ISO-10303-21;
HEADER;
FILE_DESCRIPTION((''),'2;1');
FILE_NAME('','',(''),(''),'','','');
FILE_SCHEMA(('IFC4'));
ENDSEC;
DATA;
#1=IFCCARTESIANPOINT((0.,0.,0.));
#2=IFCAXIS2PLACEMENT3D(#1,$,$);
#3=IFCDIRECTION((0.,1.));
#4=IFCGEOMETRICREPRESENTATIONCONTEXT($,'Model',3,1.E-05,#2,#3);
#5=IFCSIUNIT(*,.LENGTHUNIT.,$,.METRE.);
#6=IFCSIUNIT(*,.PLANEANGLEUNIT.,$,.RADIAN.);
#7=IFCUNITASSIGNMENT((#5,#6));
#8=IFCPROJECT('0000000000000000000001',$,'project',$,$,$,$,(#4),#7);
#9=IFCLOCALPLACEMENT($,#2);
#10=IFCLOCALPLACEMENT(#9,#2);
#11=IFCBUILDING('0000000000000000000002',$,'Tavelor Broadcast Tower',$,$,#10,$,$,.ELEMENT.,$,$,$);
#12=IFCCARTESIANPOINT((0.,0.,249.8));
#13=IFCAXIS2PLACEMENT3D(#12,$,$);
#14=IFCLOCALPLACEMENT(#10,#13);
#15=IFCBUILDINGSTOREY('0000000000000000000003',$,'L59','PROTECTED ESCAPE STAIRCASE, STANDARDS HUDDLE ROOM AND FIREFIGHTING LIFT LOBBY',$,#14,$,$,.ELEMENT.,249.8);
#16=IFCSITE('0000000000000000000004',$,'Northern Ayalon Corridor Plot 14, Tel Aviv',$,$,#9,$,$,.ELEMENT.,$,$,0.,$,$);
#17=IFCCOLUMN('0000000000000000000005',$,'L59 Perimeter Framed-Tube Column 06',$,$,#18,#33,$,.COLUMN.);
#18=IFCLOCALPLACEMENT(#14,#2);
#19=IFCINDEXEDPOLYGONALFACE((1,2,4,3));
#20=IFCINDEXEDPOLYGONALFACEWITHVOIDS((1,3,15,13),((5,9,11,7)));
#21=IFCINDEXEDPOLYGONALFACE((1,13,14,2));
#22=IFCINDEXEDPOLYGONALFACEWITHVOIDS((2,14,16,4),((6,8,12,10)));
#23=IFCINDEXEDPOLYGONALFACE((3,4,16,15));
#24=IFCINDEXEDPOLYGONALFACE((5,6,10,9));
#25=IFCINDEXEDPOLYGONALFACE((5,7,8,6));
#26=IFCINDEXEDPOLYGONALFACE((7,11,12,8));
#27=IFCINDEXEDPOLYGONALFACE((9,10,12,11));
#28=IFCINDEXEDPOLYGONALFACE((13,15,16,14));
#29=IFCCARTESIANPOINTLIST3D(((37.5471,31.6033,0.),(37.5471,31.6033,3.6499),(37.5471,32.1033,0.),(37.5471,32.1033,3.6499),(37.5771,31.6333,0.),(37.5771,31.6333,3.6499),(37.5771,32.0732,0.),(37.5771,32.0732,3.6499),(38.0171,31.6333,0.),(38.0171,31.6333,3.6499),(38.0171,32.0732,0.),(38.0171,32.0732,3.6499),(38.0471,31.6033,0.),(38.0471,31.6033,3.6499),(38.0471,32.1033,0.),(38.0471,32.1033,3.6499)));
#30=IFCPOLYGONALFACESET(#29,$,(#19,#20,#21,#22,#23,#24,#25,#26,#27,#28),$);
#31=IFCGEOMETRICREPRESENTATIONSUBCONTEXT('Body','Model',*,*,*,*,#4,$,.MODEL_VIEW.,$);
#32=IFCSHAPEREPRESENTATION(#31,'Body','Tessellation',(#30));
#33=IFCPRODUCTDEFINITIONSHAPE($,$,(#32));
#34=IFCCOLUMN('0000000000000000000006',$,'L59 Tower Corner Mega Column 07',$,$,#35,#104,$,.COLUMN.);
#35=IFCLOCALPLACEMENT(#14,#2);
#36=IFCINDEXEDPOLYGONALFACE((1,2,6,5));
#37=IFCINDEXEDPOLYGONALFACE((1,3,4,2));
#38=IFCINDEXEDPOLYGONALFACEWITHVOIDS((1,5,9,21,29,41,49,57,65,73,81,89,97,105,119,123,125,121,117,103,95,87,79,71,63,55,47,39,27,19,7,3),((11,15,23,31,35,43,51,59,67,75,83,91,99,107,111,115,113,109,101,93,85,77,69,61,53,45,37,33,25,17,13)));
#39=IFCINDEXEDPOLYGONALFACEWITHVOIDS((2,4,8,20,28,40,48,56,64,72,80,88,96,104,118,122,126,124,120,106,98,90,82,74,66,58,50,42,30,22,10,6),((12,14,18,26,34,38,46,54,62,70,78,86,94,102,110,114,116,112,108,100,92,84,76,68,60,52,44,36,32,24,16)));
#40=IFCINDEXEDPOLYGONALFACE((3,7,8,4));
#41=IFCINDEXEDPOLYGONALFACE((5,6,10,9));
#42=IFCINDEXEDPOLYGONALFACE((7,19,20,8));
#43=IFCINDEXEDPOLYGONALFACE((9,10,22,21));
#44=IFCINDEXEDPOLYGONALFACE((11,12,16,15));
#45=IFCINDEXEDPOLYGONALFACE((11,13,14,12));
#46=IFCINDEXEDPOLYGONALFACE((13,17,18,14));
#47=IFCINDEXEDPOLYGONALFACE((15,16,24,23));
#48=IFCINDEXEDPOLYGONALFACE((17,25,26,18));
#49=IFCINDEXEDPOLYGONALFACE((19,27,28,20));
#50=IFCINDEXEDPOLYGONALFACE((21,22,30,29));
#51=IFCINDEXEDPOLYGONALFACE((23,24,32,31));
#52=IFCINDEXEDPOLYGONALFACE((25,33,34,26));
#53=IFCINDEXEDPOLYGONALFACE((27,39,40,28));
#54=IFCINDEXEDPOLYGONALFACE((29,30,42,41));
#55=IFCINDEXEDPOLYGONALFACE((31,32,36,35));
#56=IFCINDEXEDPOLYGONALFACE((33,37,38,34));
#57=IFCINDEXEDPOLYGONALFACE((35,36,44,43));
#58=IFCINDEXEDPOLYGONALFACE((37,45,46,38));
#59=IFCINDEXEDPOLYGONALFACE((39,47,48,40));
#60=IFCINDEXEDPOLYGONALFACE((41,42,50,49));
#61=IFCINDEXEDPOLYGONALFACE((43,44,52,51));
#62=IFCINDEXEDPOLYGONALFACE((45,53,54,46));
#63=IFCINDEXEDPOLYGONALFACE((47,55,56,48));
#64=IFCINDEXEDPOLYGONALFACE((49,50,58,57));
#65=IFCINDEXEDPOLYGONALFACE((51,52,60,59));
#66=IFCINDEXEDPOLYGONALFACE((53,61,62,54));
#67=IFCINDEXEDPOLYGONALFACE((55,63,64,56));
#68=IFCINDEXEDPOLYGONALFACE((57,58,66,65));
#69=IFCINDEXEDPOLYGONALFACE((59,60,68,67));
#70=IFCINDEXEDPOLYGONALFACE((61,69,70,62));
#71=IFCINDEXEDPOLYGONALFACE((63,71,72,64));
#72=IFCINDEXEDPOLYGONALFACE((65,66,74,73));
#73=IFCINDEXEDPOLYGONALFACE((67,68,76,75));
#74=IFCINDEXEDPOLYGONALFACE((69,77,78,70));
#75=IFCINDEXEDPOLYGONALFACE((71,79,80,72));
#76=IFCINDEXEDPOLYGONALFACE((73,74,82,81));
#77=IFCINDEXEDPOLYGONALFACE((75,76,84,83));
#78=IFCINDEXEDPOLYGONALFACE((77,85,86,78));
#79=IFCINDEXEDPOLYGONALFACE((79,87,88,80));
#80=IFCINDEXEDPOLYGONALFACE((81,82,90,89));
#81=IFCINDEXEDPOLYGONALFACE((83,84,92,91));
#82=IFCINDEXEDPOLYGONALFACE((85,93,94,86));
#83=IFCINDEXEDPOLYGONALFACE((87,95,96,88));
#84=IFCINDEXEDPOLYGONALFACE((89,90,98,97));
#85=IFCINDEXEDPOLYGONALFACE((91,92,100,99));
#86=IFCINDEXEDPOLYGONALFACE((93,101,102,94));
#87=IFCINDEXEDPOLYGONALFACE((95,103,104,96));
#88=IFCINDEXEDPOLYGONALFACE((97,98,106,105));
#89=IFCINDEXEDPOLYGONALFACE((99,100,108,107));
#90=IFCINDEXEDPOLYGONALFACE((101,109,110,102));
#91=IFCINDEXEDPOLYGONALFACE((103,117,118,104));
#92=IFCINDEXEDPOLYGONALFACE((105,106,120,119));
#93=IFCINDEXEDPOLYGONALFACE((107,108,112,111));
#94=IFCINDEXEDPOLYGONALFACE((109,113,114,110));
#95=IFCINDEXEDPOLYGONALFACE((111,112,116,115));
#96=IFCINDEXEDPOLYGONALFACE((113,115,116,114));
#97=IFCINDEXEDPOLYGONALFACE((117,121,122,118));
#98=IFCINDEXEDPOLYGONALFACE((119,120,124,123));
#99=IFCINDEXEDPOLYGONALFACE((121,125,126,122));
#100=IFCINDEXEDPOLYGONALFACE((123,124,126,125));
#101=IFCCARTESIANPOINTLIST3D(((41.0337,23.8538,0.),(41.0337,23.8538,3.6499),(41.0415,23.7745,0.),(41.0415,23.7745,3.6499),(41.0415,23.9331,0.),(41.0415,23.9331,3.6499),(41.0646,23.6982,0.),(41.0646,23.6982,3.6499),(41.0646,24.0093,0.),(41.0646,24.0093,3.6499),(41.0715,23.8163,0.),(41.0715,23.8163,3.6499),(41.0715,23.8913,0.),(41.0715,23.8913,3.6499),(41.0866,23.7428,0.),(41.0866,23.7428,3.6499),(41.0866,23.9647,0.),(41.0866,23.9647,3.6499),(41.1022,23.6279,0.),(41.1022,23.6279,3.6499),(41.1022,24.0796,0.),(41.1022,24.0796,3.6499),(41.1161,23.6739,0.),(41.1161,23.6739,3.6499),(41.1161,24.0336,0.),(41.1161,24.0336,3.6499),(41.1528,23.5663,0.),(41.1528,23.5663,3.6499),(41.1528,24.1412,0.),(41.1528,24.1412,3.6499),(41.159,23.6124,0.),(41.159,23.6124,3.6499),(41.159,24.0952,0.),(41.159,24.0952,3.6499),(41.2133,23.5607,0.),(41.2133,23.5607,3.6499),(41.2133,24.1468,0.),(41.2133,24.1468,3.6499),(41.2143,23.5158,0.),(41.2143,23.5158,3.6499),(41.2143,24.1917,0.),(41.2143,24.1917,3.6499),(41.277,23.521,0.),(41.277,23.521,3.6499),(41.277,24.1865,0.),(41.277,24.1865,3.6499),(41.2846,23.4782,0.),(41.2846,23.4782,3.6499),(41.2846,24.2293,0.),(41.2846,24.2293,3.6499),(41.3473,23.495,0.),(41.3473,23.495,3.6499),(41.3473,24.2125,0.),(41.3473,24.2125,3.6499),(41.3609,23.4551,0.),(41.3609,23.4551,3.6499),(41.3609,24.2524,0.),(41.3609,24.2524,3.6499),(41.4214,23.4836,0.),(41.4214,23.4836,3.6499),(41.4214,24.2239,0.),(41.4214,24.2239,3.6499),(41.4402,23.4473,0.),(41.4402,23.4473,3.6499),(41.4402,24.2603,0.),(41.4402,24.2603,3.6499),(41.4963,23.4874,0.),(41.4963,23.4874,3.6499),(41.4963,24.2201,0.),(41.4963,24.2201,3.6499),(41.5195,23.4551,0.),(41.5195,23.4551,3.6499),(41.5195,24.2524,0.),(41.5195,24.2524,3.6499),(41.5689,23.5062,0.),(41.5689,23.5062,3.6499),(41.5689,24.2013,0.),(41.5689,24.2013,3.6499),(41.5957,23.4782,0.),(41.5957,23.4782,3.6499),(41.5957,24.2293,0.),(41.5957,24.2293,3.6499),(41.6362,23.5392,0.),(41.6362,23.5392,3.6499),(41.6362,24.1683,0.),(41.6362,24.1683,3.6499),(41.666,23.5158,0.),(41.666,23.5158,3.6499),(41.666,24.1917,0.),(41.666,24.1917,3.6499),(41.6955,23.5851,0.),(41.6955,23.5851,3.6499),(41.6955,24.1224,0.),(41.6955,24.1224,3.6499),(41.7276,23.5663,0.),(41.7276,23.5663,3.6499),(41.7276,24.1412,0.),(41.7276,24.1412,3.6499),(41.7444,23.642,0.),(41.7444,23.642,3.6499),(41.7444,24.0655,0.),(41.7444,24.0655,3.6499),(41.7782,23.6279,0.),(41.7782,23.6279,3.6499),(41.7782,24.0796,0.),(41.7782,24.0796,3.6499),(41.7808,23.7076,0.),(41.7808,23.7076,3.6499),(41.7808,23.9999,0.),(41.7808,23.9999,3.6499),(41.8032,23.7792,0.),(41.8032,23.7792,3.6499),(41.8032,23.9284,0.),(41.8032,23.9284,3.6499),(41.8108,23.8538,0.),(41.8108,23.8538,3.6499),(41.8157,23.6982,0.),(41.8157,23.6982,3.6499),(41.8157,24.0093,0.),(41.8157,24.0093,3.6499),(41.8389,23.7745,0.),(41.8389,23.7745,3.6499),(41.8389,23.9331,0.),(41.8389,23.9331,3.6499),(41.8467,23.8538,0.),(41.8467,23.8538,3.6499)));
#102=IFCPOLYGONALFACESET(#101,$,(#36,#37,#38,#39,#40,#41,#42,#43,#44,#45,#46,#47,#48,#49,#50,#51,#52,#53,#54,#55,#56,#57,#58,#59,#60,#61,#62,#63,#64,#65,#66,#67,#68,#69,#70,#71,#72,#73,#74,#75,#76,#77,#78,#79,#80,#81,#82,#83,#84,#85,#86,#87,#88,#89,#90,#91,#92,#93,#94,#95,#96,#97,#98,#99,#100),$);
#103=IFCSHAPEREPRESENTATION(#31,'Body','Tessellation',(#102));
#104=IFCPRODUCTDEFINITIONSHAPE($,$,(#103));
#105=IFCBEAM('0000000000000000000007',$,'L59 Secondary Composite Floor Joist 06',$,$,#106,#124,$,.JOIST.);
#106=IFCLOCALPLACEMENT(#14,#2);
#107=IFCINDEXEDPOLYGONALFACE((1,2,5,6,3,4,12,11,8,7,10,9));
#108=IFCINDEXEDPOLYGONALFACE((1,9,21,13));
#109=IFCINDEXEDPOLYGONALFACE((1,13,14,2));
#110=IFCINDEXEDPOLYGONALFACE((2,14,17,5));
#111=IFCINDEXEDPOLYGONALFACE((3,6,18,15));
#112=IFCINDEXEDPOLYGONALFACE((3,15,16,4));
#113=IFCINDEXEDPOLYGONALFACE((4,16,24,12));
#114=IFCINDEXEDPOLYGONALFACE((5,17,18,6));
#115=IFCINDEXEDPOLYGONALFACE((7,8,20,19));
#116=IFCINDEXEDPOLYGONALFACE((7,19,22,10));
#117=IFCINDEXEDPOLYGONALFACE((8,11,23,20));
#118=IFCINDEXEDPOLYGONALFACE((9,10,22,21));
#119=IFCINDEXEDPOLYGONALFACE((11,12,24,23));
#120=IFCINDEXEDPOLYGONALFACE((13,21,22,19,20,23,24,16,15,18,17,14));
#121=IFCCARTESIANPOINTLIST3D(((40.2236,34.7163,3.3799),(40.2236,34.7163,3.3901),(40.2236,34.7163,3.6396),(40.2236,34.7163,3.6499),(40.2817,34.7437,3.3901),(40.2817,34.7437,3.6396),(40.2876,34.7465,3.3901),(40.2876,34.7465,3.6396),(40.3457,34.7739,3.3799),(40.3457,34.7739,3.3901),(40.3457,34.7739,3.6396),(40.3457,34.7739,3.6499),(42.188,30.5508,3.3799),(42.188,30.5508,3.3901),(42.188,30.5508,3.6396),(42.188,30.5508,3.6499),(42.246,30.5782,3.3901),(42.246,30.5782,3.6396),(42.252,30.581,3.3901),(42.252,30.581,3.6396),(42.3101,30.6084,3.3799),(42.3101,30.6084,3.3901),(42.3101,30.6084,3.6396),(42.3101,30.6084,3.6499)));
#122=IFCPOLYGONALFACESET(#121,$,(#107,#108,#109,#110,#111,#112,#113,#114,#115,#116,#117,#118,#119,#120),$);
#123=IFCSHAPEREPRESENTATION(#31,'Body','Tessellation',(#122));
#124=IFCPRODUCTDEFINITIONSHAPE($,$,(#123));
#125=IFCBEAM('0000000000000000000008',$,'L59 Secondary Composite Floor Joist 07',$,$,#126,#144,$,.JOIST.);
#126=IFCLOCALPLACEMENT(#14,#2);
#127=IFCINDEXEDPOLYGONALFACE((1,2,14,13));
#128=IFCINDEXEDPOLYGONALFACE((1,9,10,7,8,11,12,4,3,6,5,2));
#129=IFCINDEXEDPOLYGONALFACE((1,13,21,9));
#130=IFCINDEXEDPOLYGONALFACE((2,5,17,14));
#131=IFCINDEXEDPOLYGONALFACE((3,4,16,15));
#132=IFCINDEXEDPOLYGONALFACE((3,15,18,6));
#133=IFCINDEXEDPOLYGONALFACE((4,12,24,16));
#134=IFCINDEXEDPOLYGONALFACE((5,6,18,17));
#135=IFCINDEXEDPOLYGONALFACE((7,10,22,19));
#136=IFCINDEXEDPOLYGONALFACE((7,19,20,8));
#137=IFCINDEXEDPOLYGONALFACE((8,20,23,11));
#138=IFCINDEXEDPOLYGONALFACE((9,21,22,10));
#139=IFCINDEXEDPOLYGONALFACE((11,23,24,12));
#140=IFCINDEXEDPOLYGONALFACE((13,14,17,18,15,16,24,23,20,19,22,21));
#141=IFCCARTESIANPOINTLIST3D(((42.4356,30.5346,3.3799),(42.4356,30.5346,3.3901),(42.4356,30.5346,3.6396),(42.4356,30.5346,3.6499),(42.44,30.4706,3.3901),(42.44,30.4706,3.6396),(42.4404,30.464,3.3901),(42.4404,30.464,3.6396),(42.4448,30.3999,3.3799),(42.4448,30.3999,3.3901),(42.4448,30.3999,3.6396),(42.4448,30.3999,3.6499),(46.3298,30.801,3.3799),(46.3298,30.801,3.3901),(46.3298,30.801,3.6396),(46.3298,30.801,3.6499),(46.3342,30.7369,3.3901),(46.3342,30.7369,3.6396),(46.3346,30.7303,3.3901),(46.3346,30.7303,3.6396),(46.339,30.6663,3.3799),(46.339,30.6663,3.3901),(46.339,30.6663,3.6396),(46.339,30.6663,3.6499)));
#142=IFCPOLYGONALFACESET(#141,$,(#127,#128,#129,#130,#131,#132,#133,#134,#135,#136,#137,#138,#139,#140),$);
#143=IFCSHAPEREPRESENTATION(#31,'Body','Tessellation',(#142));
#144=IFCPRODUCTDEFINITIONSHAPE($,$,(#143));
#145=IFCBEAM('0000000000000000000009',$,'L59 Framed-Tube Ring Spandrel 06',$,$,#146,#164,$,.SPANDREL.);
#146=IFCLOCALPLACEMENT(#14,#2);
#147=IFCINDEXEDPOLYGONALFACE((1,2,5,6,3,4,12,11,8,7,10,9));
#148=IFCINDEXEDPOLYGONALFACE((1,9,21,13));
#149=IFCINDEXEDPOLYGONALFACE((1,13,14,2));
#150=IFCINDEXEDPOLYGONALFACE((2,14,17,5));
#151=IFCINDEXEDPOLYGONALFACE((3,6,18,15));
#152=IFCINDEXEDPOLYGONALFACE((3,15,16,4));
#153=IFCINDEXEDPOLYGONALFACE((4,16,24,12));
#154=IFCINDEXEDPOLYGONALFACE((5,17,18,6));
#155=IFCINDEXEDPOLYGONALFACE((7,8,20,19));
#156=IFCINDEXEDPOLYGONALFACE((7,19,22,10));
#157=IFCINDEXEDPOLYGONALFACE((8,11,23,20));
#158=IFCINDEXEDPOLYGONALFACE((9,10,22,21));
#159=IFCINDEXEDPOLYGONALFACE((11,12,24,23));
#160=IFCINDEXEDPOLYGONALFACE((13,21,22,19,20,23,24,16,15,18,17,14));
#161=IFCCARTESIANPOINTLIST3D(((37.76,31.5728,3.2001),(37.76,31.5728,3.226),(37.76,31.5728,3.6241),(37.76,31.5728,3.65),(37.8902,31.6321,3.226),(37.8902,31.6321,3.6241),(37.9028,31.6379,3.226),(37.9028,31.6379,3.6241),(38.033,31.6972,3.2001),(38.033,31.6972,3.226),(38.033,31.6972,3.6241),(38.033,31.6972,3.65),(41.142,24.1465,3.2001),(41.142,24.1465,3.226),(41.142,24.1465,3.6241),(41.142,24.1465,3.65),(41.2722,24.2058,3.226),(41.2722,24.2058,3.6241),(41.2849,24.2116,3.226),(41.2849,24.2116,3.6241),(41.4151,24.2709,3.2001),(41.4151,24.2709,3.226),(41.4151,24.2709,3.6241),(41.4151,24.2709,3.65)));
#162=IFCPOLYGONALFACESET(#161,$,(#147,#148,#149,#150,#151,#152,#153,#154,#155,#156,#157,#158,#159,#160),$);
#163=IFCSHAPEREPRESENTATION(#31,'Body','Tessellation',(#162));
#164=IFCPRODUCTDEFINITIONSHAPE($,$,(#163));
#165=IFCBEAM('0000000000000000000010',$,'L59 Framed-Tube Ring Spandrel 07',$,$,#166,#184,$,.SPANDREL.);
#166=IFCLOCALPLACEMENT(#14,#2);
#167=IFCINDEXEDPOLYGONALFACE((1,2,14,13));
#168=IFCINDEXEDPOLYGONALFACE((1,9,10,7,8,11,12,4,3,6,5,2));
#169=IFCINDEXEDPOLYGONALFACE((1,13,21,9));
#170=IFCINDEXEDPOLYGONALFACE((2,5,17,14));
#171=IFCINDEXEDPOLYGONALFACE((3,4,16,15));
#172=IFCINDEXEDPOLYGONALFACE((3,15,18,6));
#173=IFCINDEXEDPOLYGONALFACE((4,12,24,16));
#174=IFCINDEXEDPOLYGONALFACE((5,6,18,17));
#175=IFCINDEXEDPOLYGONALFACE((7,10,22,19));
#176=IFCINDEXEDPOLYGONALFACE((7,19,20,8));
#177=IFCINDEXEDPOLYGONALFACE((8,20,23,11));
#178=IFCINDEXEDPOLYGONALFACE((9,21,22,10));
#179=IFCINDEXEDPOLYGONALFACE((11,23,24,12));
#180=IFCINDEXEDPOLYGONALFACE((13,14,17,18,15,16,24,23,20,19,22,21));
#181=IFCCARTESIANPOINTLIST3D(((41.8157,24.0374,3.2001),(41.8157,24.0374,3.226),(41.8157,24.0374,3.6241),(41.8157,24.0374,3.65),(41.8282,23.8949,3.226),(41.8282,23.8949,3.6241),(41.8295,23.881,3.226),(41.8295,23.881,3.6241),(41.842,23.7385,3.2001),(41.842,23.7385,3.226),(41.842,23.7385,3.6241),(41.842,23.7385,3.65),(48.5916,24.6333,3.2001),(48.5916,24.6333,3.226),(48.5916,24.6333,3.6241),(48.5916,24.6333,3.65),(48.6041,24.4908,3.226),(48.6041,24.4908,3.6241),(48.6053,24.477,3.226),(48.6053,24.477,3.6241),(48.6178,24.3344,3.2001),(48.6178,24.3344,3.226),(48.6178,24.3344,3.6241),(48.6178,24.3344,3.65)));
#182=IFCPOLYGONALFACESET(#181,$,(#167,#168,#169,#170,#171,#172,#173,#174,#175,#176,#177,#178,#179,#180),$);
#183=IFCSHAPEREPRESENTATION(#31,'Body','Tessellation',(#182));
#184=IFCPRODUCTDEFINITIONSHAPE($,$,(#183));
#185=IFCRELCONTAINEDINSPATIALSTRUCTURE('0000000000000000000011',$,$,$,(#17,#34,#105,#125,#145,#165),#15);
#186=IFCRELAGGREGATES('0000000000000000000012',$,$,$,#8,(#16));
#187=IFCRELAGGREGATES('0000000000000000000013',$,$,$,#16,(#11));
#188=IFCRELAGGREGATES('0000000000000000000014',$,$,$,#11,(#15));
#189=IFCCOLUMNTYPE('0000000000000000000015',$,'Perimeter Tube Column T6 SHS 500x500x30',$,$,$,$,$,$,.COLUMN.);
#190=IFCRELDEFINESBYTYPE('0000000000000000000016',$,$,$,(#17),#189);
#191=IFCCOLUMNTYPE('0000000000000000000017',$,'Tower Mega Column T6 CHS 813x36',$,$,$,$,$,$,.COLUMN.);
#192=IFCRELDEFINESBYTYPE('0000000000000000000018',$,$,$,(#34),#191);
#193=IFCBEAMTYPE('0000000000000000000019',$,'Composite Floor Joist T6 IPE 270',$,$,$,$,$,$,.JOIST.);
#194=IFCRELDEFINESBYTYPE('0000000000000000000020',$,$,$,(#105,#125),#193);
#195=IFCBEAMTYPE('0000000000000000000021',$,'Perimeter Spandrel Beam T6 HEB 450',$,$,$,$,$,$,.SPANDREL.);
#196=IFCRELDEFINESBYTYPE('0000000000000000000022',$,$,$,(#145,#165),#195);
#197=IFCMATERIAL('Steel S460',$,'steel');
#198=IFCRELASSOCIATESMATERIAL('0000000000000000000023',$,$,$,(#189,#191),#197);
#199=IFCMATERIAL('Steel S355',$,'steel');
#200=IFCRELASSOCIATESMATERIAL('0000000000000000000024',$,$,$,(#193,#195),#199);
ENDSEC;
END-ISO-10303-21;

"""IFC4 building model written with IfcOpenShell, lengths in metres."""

from ifc_helpers import new_model, si_unit, direction, frame, origin, origin_2d, place, context, subcontext, project, spatial, hollow_rectangle, hollow_circle, i_section, extrude, material, material_profile, profile_set, type_object, element, save


model = new_model("IFC4")

# Units and contexts
model_context = context("Model", 3, precision=1e-05, world=origin(), true_north=direction((0.0, 1.0)))
body_context = subcontext(model_context, "Body", "Model", "MODEL_VIEW")
ifc_project = project(units=[si_unit("LENGTHUNIT", "METRE"), si_unit("PLANEANGLEUNIT", "RADIAN")], contexts=[model_context])

# Site, building, storey
site_placement = place(None, origin())
site = spatial("IfcSite", under=ifc_project, at=site_placement, Name="Northern Ayalon Corridor Plot 14, Tel Aviv", CompositionType="ELEMENT", RefElevation=0.0)
building_placement = place(site_placement, origin())
building = spatial("IfcBuilding", under=site, at=building_placement, Name="Tavelor Broadcast Tower", CompositionType="ELEMENT")
storey_placement = place(building_placement, frame((0.0, 0.0, 249.8)))
storey = spatial("IfcBuildingStorey", under=building, at=storey_placement, Name="L59", Description="PROTECTED ESCAPE STAIRCASE, STANDARDS HUDDLE ROOM AND FIREFIGHTING LIFT LOBBY", CompositionType="ELEMENT", Elevation=249.8)

# Columns
ifc_material_1 = material(Name="Steel S460", Category="steel")
ifc_material_profile_1 = material_profile(ifc_material_1, hollow_rectangle(XDim=0.5, YDim=0.5, WallThickness=0.03, at=origin_2d()), Name="SHS 500x500x30")
ifc_profile_set_1 = profile_set([ifc_material_profile_1], Name="Steel S460")
column_type_1 = type_object("IfcColumnType", Name="Perimeter Tube Column T6 SHS 500x500x30", PredefinedType="COLUMN", material=ifc_profile_set_1)
column_1_placement = place(storey_placement, frame((37.7971, 31.8533, 0.0), z_axis=(0.0, 0.0, 1.0), x_axis=(1.0, 0.0, 0.0)))
element("IfcColumn", 1, at=column_1_placement, inside=storey, type_object=column_type_1, Name="L59 Perimeter Framed-Tube Column 06", PredefinedType="COLUMN", context=body_context, shape_type="SweptSolid", body=[
    extrude(hollow_rectangle(XDim=0.5, YDim=0.5, WallThickness=0.03, at=origin_2d()), origin(), (0.0, 0.0, 1.0), 3.6499),
])
ifc_material_profile_2 = material_profile(ifc_material_1, hollow_circle(Radius=0.4065, WallThickness=0.0359, at=origin_2d()), Name="CHS 813x36")
ifc_profile_set_2 = profile_set([ifc_material_profile_2], Name="Steel S460")
column_type_2 = type_object("IfcColumnType", Name="Tower Mega Column T6 CHS 813x36", PredefinedType="COLUMN", material=ifc_profile_set_2)
column_2_placement = place(storey_placement, frame((41.4402, 23.8538, 0.0), z_axis=(0.0, 0.0, 1.0), x_axis=(1.0, 0.0, 0.0)))
element("IfcColumn", 2, at=column_2_placement, inside=storey, type_object=column_type_2, Name="L59 Tower Corner Mega Column 07", PredefinedType="COLUMN", context=body_context, shape_type="SweptSolid", body=[
    extrude(hollow_circle(Radius=0.4065, WallThickness=0.0359, at=origin_2d()), origin(), (0.0, 0.0, 1.0), 3.6499),
])

# Beams
ifc_material_2 = material(Name="Steel S355", Category="steel")
ifc_material_profile_3 = material_profile(ifc_material_2, i_section(OverallWidth=0.135, OverallDepth=0.27, WebThickness=0.0066, FlangeThickness=0.0103, at=origin_2d()), Name="IPE 270")
ifc_profile_set_3 = profile_set([ifc_material_profile_3], Name="Steel S355")
beam_type_1 = type_object("IfcBeamType", Name="Composite Floor Joist T6 IPE 270", PredefinedType="JOIST", material=ifc_profile_set_3)
beam_1_placement = place(storey_placement, frame((40.2847, 34.7451, 3.5149), z_axis=(0.426527, -0.904475, 0.0), x_axis=(0.904475, 0.426527, 0.0)))
element("IfcBeam", 3, at=beam_1_placement, inside=storey, type_object=beam_type_1, Name="L59 Secondary Composite Floor Joist 06", PredefinedType="JOIST", context=body_context, shape_type="SweptSolid", body=[
    extrude(i_section(OverallWidth=0.135, OverallDepth=0.27, WebThickness=0.0066, FlangeThickness=0.0103, at=origin_2d()), origin(), (0.0, 0.0, 1.0), 4.6055),
])
beam_2_placement = place(storey_placement, frame((42.4402, 30.4673, 3.5149), z_axis=(0.997669, 0.068238, 0.0), x_axis=(-0.068238, 0.997669, 0.0)))
element("IfcBeam", 4, at=beam_2_placement, inside=storey, type_object=beam_type_1, Name="L59 Secondary Composite Floor Joist 07", PredefinedType="JOIST", context=body_context, shape_type="SweptSolid", body=[
    extrude(i_section(OverallWidth=0.135, OverallDepth=0.27, WebThickness=0.0066, FlangeThickness=0.0103, at=origin_2d()), origin(), (0.0, 0.0, 1.0), 3.9033),
])
ifc_material_profile_4 = material_profile(ifc_material_2, i_section(OverallWidth=0.3, OverallDepth=0.45, WebThickness=0.0139, FlangeThickness=0.0259, at=origin_2d()), Name="HEB 450")
ifc_profile_set_4 = profile_set([ifc_material_profile_4], Name="Steel S355")
beam_type_2 = type_object("IfcBeamType", Name="Perimeter Spandrel Beam T6 HEB 450", PredefinedType="SPANDREL", material=ifc_profile_set_4)
beam_3_placement = place(storey_placement, frame((37.8965, 31.635, 3.425), z_axis=(0.414463, -0.910066, 0.0), x_axis=(0.910066, 0.414463, 0.0)))
element("IfcBeam", 5, at=beam_3_placement, inside=storey, type_object=beam_type_2, Name="L59 Framed-Tube Ring Spandrel 06", PredefinedType="SPANDREL", context=body_context, shape_type="SweptSolid", body=[
    extrude(i_section(OverallWidth=0.3, OverallDepth=0.45, WebThickness=0.0139, FlangeThickness=0.0259, at=origin_2d()), origin(), (0.0, 0.0, 1.0), 8.1602),
])
beam_4_placement = place(storey_placement, frame((41.8289, 23.8879, 3.425), z_axis=(0.996155, 0.087613, 0.0), x_axis=(-0.087613, 0.996155, 0.0)))
element("IfcBeam", 6, at=beam_4_placement, inside=storey, type_object=beam_type_2, Name="L59 Framed-Tube Ring Spandrel 07", PredefinedType="SPANDREL", context=body_context, shape_type="SweptSolid", body=[
    extrude(i_section(OverallWidth=0.3, OverallDepth=0.45, WebThickness=0.0139, FlangeThickness=0.0259, at=origin_2d()), origin(), (0.0, 0.0, 1.0), 6.802),
])

save(model, "model.ifc")
